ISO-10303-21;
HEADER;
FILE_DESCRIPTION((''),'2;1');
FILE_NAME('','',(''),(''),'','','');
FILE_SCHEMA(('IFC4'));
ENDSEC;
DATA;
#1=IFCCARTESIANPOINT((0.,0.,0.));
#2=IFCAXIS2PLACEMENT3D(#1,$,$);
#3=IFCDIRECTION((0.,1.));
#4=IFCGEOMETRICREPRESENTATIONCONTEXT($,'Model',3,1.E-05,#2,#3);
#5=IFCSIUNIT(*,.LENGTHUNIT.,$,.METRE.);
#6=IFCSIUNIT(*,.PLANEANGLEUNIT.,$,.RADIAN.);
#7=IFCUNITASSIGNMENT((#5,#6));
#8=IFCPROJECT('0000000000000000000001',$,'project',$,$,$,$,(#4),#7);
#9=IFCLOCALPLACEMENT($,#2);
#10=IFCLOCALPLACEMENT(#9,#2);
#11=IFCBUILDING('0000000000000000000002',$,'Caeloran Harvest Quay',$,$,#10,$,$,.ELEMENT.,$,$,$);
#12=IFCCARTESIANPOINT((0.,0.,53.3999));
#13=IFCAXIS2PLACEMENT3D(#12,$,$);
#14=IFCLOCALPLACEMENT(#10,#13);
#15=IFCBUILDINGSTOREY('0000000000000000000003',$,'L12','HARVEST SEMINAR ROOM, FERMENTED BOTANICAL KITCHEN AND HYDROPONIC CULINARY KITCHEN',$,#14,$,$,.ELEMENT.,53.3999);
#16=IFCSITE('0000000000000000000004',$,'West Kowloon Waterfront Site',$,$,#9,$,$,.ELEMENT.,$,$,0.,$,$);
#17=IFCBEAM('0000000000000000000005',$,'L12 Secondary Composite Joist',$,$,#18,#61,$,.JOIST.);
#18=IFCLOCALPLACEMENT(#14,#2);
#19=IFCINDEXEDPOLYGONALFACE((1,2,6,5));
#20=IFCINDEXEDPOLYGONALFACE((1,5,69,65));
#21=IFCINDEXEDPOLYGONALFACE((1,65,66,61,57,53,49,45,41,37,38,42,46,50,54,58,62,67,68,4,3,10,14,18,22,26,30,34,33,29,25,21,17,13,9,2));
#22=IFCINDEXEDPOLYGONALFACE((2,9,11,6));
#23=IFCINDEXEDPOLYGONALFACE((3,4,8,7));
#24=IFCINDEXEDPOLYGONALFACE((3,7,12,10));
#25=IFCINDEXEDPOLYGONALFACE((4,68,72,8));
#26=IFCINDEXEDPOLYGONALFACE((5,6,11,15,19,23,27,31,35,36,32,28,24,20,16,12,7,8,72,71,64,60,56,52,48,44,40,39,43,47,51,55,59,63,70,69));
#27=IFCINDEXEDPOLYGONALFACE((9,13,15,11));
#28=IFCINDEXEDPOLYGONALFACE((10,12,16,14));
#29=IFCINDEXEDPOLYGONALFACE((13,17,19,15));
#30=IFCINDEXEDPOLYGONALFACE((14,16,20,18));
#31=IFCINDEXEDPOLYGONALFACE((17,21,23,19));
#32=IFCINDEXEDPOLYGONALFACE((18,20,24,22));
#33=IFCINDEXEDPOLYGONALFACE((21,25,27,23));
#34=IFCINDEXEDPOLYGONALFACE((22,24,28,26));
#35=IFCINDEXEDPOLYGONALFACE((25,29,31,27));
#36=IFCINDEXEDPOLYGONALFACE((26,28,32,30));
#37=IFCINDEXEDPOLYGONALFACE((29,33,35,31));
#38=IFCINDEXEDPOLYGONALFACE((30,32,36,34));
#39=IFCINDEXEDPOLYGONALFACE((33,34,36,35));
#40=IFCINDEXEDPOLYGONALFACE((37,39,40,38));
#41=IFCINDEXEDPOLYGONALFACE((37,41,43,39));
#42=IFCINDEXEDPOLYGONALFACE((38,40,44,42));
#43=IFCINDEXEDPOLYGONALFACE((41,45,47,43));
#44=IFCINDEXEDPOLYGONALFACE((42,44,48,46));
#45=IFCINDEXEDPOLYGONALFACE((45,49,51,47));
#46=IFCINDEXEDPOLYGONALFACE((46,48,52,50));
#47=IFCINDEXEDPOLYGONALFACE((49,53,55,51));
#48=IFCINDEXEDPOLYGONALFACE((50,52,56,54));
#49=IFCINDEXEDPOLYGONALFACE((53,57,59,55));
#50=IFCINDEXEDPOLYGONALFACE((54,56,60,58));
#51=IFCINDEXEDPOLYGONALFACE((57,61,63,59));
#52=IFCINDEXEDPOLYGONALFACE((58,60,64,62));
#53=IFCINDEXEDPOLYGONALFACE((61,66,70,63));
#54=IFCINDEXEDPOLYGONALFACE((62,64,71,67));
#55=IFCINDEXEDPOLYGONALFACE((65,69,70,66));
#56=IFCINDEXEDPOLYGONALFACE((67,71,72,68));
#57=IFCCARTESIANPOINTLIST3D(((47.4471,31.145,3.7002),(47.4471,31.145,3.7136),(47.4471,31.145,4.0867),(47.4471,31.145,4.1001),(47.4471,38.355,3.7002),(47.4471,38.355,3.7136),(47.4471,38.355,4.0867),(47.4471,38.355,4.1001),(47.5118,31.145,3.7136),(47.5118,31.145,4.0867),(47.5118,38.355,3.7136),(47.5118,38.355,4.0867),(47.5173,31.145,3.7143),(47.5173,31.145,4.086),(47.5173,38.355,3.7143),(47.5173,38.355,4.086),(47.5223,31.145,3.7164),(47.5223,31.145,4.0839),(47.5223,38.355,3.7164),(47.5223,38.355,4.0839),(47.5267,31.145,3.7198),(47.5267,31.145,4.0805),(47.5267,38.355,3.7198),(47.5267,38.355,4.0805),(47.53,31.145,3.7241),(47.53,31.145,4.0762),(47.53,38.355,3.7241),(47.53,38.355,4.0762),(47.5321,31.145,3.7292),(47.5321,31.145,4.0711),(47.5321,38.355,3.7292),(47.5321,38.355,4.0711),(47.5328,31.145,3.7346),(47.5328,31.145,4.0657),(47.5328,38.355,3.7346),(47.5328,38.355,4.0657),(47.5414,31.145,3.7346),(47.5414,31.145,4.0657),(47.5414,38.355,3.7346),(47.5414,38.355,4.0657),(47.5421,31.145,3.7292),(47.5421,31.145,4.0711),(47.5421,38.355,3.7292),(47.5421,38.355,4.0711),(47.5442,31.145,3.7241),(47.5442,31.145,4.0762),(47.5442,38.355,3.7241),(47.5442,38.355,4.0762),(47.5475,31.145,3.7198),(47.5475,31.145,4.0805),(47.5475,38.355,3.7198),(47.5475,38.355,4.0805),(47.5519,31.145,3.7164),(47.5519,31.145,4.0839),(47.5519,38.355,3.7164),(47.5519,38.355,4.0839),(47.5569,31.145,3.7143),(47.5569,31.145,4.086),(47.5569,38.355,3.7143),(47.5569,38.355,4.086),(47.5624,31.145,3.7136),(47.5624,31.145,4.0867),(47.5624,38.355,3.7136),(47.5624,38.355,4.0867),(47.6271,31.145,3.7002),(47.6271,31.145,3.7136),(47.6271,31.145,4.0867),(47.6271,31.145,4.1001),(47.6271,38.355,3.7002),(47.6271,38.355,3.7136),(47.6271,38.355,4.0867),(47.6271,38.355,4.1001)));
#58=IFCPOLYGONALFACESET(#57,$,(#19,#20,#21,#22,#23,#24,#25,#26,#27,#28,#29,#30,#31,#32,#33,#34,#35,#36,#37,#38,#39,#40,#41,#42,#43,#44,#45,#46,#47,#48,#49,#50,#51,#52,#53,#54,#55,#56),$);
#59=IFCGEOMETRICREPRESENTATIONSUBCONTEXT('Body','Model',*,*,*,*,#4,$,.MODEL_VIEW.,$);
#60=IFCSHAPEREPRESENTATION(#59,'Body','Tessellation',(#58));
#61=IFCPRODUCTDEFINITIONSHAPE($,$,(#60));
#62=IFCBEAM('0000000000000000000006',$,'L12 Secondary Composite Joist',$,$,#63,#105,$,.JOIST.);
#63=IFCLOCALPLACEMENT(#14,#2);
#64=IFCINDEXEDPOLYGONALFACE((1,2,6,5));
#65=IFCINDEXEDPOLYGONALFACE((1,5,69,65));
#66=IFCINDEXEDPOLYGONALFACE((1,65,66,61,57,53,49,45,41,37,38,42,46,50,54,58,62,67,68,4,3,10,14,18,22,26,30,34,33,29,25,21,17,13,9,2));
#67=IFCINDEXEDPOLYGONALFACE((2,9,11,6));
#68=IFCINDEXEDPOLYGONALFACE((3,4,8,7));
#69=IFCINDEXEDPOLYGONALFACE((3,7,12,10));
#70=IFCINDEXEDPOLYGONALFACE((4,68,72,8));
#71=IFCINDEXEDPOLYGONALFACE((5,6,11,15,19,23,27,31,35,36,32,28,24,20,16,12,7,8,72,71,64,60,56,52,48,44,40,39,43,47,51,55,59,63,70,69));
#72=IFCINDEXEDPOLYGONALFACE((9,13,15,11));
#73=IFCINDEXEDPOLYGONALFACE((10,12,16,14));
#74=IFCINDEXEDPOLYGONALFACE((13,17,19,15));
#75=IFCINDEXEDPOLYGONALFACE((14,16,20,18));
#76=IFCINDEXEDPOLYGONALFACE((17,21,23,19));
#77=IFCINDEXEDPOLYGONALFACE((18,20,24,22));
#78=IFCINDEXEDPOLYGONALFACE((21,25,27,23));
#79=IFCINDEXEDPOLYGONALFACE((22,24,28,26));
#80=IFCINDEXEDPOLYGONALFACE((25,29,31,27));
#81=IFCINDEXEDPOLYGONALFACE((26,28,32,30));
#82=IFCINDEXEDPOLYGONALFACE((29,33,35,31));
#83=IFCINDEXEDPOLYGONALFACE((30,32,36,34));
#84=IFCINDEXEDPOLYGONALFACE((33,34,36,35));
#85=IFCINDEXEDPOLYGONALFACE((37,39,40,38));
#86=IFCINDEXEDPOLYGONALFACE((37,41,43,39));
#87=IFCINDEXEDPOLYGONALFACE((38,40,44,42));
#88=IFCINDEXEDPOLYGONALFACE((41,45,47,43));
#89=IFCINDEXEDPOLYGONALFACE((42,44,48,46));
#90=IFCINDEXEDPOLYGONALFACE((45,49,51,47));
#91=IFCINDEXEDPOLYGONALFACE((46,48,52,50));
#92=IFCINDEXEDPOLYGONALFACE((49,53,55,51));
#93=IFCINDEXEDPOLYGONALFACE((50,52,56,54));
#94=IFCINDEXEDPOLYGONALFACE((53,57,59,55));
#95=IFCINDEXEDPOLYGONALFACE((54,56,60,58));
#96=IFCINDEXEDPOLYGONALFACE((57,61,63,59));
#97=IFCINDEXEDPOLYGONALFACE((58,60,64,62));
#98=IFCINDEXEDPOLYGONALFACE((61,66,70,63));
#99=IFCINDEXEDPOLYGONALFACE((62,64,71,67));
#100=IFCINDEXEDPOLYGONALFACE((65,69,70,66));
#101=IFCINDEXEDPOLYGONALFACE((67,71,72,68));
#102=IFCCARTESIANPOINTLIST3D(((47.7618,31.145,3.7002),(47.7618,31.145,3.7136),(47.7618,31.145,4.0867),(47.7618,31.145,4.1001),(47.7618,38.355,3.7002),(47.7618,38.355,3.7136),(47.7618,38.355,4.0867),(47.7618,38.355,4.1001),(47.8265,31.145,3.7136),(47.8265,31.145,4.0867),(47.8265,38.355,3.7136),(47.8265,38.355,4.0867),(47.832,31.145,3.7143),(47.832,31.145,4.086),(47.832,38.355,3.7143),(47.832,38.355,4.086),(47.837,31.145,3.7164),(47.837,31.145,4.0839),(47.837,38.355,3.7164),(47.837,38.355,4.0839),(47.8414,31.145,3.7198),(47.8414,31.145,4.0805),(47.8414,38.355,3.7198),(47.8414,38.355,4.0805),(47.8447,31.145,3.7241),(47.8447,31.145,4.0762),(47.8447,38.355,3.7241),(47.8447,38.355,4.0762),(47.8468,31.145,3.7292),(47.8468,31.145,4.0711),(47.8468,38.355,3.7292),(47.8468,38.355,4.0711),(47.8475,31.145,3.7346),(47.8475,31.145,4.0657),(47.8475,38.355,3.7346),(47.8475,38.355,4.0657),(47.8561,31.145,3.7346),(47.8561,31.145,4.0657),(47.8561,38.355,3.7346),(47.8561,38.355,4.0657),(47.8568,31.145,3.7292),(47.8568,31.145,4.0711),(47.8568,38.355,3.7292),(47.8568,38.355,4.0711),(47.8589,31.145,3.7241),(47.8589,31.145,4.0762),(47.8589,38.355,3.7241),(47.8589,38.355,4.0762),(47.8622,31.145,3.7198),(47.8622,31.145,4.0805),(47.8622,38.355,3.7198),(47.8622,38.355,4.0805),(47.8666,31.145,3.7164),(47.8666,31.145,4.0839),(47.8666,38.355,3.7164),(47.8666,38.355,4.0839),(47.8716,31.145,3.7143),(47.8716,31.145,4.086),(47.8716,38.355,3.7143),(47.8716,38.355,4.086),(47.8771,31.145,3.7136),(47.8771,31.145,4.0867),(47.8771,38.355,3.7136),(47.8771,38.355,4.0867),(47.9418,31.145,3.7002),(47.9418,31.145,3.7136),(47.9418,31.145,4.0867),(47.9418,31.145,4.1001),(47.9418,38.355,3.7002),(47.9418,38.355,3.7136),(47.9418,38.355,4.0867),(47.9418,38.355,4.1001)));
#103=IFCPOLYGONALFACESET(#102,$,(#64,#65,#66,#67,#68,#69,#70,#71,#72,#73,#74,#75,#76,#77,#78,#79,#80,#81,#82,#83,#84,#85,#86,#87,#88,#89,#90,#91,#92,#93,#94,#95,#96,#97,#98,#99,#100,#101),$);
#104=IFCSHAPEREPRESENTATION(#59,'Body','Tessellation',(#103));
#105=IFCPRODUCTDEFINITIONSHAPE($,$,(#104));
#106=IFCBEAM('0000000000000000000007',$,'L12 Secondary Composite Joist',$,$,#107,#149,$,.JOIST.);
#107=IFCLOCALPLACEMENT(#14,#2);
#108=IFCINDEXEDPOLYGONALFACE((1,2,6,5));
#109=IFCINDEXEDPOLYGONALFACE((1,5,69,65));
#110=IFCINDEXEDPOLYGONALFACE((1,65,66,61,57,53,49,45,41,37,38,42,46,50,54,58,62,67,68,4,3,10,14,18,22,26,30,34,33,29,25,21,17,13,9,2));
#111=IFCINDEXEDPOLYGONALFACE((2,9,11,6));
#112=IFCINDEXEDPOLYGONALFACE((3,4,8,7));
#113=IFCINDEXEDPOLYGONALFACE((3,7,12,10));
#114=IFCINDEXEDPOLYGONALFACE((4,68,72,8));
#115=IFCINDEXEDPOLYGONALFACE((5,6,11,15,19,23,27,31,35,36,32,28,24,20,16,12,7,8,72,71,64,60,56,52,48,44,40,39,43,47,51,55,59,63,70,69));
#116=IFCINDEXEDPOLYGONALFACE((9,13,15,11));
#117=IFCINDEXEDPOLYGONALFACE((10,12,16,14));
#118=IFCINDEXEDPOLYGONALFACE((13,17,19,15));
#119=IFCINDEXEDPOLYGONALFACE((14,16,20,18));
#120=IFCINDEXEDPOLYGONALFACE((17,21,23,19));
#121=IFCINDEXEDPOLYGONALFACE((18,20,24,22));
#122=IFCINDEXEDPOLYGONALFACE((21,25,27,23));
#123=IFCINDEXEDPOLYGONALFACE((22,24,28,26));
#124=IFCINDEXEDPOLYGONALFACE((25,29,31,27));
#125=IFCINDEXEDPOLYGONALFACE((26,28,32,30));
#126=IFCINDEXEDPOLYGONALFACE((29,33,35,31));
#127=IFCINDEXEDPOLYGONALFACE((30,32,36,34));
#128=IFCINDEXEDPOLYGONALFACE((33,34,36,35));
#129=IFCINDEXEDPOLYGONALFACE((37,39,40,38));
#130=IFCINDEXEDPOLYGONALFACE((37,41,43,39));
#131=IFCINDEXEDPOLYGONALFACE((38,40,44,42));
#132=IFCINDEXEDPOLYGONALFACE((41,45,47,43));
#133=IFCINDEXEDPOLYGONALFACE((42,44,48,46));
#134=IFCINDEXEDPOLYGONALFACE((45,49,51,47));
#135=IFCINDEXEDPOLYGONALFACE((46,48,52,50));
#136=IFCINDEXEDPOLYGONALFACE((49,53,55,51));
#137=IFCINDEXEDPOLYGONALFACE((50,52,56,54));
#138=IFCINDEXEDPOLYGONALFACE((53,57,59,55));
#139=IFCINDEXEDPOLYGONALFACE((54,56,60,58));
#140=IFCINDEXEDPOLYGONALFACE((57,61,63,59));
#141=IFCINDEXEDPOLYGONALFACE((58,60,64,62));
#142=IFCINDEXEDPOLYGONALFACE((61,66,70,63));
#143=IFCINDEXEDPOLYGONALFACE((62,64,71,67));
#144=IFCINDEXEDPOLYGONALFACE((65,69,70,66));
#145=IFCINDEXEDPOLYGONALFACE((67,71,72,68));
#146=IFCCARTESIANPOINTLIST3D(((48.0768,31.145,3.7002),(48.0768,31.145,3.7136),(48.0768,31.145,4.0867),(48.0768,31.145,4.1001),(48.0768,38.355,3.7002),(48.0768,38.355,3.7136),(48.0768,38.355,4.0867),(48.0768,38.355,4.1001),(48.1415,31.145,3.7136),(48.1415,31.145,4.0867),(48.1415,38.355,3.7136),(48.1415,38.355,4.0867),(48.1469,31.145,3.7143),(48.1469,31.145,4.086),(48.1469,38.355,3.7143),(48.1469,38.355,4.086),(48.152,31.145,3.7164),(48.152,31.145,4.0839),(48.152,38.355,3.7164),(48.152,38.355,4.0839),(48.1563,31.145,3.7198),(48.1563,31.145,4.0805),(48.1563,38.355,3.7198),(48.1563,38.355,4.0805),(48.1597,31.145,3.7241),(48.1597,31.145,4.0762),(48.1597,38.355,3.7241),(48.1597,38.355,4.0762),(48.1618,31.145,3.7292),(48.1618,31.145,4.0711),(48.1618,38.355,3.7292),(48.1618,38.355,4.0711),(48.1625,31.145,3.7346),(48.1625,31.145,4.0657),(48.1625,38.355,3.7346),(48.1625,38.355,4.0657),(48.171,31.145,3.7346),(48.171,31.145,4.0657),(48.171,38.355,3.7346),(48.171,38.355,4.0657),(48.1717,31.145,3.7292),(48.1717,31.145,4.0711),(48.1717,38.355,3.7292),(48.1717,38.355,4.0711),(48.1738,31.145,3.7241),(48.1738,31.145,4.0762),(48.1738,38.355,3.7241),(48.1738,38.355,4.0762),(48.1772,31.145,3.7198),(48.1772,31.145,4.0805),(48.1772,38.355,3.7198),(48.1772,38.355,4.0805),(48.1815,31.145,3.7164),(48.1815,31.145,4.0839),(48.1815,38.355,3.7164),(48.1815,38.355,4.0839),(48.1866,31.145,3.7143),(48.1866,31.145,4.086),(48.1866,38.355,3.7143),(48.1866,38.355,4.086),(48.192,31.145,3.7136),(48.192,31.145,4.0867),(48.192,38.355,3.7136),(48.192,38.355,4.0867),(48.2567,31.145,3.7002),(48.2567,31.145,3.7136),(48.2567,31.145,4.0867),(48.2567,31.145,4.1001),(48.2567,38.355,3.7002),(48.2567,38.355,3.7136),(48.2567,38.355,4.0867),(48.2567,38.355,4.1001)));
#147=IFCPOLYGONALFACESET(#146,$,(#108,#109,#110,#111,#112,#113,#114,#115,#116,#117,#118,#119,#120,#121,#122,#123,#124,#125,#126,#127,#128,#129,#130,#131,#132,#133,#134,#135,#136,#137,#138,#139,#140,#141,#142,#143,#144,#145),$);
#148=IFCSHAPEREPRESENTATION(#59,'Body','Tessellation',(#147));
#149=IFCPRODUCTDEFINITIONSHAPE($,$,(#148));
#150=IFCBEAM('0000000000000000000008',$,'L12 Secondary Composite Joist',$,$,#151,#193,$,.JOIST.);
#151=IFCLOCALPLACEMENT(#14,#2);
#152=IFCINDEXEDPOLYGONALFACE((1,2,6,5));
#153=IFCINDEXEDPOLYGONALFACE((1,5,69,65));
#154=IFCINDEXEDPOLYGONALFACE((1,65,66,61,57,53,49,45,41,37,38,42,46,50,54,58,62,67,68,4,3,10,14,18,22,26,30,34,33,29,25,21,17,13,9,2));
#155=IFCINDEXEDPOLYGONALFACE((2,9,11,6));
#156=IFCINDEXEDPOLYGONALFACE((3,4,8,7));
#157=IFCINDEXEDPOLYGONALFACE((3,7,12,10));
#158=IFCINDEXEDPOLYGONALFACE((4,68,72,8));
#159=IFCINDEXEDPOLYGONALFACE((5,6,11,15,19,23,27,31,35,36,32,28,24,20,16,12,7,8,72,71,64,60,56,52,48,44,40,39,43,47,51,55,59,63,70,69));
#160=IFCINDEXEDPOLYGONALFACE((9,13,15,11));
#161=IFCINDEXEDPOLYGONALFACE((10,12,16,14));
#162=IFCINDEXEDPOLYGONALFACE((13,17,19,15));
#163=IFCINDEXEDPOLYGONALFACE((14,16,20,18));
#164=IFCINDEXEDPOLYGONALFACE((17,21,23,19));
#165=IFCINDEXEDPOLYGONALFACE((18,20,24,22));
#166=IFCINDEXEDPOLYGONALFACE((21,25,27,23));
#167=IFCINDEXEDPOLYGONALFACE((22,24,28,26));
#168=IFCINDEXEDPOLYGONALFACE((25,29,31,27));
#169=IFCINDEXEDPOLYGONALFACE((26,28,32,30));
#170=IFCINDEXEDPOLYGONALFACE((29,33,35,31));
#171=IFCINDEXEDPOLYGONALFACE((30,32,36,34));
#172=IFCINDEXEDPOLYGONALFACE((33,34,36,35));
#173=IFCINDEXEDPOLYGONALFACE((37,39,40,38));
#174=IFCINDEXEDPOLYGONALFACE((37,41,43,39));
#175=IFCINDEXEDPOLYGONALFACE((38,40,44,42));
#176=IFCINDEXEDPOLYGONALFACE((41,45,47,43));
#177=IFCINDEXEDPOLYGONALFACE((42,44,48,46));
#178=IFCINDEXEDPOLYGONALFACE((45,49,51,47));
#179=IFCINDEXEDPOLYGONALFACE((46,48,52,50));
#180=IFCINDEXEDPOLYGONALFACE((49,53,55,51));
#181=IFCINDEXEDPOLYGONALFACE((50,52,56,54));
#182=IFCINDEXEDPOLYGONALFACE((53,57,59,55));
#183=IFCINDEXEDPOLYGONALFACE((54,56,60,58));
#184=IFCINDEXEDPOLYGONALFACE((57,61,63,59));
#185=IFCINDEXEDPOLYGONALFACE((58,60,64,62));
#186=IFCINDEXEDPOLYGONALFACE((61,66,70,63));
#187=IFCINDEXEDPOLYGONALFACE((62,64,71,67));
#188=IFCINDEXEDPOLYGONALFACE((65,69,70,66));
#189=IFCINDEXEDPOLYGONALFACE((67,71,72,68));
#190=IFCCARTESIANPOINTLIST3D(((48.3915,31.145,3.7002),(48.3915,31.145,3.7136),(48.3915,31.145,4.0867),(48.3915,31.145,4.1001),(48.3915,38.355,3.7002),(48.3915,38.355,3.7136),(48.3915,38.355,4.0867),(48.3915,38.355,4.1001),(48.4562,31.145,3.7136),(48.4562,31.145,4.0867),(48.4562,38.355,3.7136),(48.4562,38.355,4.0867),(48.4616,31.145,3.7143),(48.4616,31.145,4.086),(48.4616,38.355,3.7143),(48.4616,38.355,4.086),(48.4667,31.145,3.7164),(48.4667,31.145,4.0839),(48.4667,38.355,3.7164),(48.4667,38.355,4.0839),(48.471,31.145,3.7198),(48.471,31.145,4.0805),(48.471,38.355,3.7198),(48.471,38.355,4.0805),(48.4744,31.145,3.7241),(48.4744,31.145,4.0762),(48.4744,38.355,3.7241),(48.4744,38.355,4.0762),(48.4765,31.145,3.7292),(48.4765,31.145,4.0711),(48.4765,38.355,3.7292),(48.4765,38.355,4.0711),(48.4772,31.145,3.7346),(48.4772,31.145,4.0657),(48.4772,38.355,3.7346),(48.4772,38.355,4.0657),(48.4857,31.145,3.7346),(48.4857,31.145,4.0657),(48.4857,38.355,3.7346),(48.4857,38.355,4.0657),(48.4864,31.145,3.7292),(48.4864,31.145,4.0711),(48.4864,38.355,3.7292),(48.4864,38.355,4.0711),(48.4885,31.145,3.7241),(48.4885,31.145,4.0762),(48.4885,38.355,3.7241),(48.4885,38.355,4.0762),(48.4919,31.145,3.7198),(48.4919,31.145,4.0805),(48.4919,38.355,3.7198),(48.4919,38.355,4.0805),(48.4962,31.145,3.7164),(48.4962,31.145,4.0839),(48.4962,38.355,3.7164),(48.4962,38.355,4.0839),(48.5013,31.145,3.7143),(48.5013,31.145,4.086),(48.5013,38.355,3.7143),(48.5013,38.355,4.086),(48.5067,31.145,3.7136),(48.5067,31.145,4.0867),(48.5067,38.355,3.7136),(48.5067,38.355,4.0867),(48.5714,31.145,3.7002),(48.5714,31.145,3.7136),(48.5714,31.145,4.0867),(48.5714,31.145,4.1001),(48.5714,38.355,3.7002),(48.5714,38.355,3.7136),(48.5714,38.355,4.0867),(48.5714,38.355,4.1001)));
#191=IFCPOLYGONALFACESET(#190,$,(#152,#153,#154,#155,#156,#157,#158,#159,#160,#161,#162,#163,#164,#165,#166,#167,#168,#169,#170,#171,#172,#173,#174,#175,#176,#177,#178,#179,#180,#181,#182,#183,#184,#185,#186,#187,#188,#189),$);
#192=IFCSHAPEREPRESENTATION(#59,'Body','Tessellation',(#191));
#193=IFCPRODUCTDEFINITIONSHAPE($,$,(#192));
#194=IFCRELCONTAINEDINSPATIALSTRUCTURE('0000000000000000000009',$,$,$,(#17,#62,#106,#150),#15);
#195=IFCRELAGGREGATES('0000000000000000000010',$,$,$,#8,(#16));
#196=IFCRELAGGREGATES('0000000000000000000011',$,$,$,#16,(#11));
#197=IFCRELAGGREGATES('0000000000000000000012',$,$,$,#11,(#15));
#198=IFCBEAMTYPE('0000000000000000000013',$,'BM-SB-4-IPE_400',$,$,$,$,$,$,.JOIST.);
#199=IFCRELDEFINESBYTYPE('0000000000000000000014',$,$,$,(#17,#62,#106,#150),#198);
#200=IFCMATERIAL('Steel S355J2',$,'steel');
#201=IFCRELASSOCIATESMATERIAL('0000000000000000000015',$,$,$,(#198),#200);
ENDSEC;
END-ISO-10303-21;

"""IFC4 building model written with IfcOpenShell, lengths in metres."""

from ifc_helpers import new_model, si_unit, direction, frame, origin, origin_2d, place, context, subcontext, project, spatial, i_section, extrude, material, material_profile, profile_set, type_object, element, save


model = new_model("IFC4")

# Units and contexts
model_context = context("Model", 3, precision=1e-05, world=origin(), true_north=direction((0.0, 1.0)))
body_context = subcontext(model_context, "Body", "Model", "MODEL_VIEW")
ifc_project = project(units=[si_unit("LENGTHUNIT", "METRE"), si_unit("PLANEANGLEUNIT", "RADIAN")], contexts=[model_context])

# Site, building, storey
site_placement = place(None, origin())
site = spatial("IfcSite", under=ifc_project, at=site_placement, Name="West Kowloon Waterfront Site", CompositionType="ELEMENT", RefElevation=0.0)
building_placement = place(site_placement, origin())
building = spatial("IfcBuilding", under=site, at=building_placement, Name="Caeloran Harvest Quay", CompositionType="ELEMENT")
storey_placement = place(building_placement, frame((0.0, 0.0, 53.3999)))
storey = spatial("IfcBuildingStorey", under=building, at=storey_placement, Name="L12", Description="HARVEST SEMINAR ROOM, FERMENTED BOTANICAL KITCHEN AND HYDROPONIC CULINARY KITCHEN", CompositionType="ELEMENT", Elevation=53.3999)

# Beams
ifc_material_1 = material(Name="Steel S355J2", Category="steel")
ifc_material_profile_1 = material_profile(ifc_material_1, i_section(OverallWidth=0.1799, OverallDepth=0.3999, WebThickness=0.0085, FlangeThickness=0.0134, FilletRadius=0.021, at=origin_2d()), Name="IPE 400")
ifc_profile_set_1 = profile_set([ifc_material_profile_1], Name="Steel S355J2")
beam_type_1 = type_object("IfcBeamType", Name="BM-SB-4-IPE_400", PredefinedType="JOIST", material=ifc_profile_set_1)
for number, where, z_axis, x_axis, name in (
    (1, (47.5371, 31.145, 3.9001), (0.0, 1.0, 0.0), (-1.0, 0.0, 0.0), "L12 Secondary Composite Joist"),
    (2, (47.8518, 31.145, 3.9001), (0.0, 1.0, 0.0), (-1.0, 0.0, 0.0), "L12 Secondary Composite Joist"),
    (3, (48.1667, 31.145, 3.9001), (0.0, 1.0, 0.0), (-1.0, 0.0, 0.0), "L12 Secondary Composite Joist"),
    (4, (48.4814, 31.145, 3.9001), (0.0, 1.0, 0.0), (-1.0, 0.0, 0.0), "L12 Secondary Composite Joist"),
):
    element("IfcBeam", number, at=place(storey_placement, frame(where, z_axis=z_axis, x_axis=x_axis)), inside=storey, type_object=beam_type_1, Name=name, PredefinedType="JOIST", context=body_context, shape_type="SweptSolid", body=[
        extrude(i_section(OverallWidth=0.1799, OverallDepth=0.3999, WebThickness=0.0085, FlangeThickness=0.0134, FilletRadius=0.021, at=origin_2d()), origin(), (0.0, 0.0, 1.0), 7.21),
    ])

save(model, "model.ifc")
